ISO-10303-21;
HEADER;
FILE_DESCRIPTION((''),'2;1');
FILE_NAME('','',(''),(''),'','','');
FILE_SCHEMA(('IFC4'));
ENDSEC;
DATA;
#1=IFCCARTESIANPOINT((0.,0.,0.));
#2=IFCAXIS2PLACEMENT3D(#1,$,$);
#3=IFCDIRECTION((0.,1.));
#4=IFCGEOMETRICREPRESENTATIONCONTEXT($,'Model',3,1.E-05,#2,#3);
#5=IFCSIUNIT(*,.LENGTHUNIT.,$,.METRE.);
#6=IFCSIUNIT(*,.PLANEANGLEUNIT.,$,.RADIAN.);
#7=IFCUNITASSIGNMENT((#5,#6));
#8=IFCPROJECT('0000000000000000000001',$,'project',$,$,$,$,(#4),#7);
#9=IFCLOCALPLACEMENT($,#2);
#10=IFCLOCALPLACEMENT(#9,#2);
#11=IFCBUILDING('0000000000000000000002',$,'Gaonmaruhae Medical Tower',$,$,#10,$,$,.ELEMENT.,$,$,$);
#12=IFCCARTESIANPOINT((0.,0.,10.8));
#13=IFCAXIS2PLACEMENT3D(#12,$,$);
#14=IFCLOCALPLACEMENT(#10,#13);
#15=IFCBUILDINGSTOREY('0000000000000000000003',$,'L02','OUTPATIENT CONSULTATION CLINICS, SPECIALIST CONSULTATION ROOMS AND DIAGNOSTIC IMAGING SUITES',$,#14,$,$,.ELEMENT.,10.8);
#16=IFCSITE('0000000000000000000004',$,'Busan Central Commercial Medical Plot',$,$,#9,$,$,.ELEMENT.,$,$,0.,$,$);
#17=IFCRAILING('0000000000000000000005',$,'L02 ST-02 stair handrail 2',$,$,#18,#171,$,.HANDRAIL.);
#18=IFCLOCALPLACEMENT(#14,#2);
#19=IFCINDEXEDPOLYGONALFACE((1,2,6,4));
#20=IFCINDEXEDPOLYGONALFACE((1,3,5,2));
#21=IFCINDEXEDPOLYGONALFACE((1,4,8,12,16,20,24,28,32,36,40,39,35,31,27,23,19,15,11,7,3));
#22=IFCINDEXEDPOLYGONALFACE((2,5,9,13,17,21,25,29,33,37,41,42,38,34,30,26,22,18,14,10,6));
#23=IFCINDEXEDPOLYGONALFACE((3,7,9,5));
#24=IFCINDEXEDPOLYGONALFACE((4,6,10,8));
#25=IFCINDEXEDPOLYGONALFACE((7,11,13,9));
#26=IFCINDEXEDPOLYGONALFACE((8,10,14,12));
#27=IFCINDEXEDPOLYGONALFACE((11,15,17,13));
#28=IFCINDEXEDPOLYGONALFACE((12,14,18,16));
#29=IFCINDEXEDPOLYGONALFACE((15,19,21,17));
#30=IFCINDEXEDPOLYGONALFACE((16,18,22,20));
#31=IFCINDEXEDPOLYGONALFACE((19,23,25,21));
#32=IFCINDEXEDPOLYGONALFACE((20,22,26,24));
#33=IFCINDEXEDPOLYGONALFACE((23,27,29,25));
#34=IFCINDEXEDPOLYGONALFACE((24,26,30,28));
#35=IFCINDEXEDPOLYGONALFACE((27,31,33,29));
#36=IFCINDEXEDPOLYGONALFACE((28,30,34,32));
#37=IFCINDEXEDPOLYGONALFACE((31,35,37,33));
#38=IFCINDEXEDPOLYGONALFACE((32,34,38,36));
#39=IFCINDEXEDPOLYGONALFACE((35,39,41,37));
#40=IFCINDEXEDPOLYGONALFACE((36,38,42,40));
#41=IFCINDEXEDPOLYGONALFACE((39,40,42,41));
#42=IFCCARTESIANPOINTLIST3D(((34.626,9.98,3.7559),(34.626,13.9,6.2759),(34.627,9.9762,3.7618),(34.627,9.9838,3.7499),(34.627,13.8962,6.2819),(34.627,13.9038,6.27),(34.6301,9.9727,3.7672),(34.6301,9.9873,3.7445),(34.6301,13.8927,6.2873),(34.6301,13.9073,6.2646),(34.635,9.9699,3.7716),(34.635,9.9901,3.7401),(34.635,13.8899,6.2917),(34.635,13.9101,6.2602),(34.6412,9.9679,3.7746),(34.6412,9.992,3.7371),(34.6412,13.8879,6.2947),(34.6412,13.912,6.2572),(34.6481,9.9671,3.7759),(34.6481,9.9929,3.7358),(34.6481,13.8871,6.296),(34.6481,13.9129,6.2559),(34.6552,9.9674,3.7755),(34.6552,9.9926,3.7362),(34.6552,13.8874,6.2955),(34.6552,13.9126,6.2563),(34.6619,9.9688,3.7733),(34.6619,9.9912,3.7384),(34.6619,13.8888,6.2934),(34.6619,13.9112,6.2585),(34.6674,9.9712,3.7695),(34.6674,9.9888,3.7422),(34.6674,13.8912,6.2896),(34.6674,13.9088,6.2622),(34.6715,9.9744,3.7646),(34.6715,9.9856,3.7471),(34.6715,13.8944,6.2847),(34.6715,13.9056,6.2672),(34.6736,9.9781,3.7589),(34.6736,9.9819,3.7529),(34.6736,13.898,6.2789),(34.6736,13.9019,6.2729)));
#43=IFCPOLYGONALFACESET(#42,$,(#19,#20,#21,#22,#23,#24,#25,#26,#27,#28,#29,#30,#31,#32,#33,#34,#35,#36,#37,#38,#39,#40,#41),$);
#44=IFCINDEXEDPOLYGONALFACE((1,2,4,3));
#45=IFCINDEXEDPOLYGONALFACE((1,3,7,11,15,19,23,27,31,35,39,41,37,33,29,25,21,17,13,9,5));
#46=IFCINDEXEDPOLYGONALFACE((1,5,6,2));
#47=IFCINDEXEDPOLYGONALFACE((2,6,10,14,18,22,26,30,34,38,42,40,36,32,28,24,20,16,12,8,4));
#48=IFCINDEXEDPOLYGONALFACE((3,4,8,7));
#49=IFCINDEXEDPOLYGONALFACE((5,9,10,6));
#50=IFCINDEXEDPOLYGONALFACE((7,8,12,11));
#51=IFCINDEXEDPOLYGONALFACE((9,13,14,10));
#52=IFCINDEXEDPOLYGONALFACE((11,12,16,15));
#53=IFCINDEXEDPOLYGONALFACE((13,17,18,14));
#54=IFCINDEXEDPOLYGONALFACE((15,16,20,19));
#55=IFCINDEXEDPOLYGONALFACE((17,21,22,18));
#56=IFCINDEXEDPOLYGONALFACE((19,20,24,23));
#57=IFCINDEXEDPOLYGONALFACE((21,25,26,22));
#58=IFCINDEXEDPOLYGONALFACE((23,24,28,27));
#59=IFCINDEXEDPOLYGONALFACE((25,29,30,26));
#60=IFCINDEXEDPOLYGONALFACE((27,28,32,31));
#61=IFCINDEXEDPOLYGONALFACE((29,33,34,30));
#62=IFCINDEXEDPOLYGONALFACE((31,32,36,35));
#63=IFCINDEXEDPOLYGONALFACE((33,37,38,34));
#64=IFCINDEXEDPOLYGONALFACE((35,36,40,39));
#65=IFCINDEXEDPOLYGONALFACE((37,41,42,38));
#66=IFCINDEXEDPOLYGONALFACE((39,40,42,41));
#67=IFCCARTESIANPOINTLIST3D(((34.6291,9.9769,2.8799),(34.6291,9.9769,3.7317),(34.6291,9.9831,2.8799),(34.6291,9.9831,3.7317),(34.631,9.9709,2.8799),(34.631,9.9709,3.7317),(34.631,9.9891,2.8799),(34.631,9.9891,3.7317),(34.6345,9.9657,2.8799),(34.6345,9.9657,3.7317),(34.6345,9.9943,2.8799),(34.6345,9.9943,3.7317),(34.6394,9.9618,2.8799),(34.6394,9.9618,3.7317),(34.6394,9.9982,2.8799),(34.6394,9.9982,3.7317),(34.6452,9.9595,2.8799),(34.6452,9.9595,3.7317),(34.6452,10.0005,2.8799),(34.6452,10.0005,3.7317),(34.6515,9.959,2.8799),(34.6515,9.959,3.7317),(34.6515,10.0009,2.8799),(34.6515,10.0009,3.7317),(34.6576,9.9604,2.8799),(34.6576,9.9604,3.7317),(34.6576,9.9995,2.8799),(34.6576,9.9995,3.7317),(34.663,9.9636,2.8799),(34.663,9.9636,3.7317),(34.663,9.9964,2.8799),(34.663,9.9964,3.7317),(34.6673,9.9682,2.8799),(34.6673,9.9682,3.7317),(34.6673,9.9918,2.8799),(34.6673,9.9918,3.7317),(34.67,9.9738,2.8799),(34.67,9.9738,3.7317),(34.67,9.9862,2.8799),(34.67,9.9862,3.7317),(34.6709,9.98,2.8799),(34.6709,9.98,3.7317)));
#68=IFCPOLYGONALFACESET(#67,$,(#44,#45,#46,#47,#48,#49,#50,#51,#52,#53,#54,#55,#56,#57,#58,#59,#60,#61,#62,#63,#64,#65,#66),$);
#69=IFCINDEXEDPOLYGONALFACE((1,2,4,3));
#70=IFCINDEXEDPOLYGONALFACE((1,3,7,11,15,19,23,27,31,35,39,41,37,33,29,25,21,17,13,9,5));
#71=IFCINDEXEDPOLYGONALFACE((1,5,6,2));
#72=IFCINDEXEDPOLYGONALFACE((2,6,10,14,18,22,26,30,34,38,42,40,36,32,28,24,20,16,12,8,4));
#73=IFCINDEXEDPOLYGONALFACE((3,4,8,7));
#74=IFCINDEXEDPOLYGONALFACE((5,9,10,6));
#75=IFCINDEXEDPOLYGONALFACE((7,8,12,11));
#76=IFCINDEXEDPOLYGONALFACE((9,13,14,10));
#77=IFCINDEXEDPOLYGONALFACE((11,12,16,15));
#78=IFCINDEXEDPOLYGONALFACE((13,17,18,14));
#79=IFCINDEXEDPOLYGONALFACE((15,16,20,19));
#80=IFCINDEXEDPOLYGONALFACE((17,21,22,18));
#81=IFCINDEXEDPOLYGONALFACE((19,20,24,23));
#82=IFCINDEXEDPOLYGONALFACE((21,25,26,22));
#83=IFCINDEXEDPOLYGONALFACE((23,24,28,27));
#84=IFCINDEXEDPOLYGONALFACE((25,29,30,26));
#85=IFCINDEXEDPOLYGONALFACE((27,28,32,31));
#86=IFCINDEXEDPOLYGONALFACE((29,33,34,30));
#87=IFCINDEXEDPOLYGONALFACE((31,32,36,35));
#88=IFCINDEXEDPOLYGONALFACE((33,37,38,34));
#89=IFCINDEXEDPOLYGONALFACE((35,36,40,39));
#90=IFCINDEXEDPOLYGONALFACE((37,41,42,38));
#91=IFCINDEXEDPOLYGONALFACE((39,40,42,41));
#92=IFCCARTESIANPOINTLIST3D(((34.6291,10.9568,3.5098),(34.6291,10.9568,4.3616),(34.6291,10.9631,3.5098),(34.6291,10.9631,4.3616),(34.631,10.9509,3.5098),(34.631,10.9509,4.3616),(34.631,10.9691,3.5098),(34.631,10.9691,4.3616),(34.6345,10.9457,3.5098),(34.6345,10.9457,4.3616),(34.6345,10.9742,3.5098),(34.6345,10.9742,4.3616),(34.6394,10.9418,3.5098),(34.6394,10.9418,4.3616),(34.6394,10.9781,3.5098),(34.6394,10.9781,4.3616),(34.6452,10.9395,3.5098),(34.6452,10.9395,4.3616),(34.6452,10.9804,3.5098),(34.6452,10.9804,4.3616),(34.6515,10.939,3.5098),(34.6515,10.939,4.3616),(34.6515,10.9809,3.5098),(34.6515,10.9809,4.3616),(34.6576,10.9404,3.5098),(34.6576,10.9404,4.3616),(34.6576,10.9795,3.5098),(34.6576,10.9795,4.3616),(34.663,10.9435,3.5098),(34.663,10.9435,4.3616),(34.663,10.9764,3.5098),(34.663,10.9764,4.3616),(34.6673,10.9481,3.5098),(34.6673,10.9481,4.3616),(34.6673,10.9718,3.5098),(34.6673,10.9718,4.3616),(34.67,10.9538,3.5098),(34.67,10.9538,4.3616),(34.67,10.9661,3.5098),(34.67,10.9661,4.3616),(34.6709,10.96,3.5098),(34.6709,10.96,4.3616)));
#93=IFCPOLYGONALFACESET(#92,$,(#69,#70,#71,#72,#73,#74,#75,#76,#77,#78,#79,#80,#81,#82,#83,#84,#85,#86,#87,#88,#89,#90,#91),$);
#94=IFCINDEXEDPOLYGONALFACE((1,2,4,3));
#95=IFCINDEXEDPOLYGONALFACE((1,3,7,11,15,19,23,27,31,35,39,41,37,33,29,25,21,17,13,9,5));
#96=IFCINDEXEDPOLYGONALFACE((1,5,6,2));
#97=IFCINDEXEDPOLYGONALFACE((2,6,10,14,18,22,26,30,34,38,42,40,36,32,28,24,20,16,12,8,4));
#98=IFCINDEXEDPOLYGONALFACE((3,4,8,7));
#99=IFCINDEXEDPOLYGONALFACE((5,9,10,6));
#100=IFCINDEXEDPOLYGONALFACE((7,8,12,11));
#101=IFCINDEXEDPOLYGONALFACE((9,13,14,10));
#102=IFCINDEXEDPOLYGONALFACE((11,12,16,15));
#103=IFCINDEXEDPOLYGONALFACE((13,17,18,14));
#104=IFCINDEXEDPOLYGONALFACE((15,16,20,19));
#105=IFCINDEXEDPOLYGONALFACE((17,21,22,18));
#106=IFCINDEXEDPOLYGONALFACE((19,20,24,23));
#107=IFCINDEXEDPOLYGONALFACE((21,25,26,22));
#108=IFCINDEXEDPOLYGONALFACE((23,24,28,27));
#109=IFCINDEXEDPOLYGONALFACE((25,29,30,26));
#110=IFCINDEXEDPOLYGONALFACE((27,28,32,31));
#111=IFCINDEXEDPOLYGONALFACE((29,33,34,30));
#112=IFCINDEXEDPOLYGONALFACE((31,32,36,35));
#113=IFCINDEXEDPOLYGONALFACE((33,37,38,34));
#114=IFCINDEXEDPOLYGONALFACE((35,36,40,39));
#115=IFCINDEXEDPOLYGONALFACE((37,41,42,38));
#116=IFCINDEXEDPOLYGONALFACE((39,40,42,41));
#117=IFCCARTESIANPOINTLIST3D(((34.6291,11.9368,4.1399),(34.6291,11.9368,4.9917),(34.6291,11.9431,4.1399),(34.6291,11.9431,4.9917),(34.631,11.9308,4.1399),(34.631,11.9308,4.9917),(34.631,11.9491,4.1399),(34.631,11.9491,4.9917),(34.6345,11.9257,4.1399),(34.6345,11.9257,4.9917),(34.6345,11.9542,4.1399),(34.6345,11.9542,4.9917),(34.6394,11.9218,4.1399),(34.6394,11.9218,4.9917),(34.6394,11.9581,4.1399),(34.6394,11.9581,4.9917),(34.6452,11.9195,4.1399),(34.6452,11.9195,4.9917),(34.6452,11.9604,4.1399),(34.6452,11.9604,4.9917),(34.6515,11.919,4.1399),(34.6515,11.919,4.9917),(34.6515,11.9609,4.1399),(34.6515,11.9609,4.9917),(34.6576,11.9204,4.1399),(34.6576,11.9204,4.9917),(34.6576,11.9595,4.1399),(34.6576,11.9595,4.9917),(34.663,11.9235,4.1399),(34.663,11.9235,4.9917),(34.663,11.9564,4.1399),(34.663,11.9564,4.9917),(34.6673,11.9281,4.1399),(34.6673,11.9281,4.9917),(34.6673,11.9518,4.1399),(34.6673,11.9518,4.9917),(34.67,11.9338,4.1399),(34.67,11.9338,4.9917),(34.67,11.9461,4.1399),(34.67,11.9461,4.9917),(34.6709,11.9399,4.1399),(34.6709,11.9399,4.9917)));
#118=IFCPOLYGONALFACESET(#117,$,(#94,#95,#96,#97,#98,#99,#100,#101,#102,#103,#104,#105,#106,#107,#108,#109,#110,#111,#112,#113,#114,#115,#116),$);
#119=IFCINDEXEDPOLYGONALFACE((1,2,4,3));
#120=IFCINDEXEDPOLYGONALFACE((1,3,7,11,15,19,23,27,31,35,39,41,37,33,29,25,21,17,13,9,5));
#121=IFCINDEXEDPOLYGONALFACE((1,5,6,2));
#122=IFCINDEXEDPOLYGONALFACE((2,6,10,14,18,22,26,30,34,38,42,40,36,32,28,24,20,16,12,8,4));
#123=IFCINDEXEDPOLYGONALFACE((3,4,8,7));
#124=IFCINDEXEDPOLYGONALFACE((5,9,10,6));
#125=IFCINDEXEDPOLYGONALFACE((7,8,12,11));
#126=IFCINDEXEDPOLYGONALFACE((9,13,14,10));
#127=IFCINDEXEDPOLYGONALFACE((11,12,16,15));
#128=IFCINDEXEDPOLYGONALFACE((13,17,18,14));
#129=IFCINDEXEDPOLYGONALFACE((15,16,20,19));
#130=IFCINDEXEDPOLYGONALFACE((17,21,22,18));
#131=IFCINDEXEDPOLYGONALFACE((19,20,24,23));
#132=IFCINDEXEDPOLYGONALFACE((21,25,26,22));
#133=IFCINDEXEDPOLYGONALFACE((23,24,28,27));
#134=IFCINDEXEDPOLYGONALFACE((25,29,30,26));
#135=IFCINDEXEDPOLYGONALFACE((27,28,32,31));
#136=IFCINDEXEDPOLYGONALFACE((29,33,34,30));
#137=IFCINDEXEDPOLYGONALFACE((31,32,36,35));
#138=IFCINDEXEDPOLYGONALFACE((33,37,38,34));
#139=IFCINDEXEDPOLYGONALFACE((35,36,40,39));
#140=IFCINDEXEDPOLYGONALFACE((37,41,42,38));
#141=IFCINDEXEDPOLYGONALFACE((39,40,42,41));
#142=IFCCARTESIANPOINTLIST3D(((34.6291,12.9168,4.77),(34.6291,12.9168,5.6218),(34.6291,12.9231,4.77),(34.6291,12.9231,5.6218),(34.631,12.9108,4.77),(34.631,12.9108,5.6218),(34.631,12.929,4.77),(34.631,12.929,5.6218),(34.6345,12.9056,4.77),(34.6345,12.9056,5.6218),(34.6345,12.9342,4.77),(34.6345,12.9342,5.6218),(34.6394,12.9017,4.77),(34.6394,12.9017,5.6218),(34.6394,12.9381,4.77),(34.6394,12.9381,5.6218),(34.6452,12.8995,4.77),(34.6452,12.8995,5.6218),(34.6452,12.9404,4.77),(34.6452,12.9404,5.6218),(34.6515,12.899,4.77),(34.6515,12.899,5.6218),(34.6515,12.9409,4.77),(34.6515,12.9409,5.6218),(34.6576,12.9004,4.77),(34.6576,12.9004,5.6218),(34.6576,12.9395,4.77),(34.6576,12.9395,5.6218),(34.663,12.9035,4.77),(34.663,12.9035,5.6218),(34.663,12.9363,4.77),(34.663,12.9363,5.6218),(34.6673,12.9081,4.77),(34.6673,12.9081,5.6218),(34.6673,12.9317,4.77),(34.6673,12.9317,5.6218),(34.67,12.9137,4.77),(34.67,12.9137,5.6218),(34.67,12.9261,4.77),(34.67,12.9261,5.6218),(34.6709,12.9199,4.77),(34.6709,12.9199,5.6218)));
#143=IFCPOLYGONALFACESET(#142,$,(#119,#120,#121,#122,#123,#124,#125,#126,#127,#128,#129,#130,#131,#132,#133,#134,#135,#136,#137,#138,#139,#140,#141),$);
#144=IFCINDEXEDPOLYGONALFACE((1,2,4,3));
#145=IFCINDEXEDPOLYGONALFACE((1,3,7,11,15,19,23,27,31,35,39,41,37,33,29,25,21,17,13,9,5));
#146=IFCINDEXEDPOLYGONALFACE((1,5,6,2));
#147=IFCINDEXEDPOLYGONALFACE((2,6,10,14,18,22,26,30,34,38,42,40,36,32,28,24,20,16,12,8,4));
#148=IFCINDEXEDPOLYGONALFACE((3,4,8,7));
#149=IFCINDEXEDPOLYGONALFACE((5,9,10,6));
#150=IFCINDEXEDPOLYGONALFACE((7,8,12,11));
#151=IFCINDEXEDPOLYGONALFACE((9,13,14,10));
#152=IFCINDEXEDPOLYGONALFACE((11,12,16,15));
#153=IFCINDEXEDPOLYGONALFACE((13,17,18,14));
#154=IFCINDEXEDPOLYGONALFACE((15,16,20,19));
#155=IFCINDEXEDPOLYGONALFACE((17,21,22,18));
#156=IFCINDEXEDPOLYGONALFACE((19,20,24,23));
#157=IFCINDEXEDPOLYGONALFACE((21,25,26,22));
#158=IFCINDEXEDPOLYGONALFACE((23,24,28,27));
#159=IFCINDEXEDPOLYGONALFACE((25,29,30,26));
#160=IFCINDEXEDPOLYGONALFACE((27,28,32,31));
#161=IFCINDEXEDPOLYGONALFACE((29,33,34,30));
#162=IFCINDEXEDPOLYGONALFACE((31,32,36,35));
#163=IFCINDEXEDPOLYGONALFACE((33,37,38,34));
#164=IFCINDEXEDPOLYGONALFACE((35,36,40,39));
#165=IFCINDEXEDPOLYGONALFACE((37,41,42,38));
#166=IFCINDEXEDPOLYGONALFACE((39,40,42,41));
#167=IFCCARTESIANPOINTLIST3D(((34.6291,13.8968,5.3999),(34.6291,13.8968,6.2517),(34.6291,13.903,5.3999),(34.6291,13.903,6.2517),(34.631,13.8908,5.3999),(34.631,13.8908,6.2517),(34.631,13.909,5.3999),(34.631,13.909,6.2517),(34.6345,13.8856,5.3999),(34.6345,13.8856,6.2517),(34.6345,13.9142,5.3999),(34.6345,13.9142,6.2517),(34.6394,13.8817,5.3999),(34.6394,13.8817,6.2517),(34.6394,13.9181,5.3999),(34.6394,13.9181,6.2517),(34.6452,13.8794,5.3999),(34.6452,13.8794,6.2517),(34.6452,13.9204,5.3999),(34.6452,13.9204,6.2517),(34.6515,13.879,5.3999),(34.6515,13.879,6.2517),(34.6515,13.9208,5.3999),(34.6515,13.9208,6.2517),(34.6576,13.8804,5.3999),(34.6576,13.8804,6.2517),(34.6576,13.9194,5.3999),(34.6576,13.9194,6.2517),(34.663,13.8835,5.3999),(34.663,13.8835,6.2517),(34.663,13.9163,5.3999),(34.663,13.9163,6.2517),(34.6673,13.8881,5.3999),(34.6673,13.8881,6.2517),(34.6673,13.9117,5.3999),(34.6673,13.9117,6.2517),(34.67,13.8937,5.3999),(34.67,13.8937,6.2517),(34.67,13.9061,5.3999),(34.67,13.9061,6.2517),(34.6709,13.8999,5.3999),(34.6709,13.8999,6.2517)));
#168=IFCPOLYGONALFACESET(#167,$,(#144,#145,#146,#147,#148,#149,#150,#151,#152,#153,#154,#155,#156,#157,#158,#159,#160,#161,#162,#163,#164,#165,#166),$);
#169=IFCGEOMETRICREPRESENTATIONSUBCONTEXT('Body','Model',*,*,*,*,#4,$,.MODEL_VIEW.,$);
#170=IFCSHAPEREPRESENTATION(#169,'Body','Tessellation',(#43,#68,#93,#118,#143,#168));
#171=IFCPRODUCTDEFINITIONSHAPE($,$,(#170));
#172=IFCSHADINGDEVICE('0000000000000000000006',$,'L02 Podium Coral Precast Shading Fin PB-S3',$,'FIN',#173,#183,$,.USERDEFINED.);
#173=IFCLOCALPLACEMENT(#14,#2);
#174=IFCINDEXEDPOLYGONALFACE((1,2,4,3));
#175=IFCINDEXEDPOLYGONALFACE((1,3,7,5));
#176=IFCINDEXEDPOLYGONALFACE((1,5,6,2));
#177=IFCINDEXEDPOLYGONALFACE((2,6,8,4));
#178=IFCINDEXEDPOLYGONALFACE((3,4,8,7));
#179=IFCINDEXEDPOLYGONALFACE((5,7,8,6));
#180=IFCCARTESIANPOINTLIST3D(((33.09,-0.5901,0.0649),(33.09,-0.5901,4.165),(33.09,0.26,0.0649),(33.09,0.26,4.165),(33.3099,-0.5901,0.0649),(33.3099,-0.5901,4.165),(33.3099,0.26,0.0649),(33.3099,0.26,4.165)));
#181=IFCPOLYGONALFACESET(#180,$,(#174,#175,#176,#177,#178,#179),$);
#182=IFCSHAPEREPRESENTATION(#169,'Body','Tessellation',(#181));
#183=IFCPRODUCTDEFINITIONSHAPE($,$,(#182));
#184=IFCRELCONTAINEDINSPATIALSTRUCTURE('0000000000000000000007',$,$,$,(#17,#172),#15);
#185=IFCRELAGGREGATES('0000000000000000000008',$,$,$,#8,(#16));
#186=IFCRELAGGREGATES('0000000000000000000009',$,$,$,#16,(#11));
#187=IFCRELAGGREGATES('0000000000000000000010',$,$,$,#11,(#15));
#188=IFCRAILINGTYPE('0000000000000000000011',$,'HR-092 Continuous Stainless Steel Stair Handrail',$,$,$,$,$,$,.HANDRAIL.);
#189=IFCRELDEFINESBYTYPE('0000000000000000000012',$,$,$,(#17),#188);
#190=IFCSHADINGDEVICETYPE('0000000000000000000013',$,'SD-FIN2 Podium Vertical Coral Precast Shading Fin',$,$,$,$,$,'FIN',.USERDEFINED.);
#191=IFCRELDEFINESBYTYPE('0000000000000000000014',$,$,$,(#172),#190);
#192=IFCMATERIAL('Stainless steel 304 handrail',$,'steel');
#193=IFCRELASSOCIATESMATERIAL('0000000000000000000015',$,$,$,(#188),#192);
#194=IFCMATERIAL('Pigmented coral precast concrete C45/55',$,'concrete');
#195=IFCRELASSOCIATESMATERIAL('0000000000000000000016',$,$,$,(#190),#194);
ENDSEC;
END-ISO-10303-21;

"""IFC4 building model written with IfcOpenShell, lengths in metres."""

from ifc_helpers import new_model, si_unit, direction, frame, origin, origin_2d, place, context, subcontext, project, spatial, rectangle, circle, extrude, material, type_object, element, save


model = new_model("IFC4")

# Units and contexts
model_context = context("Model", 3, precision=1e-05, world=origin(), true_north=direction((0.0, 1.0)))
body_context = subcontext(model_context, "Body", "Model", "MODEL_VIEW")
ifc_project = project(units=[si_unit("LENGTHUNIT", "METRE"), si_unit("PLANEANGLEUNIT", "RADIAN")], contexts=[model_context])

# Site, building, storey
site_placement = place(None, origin())
site = spatial("IfcSite", under=ifc_project, at=site_placement, Name="Busan Central Commercial Medical Plot", CompositionType="ELEMENT", RefElevation=0.0)
building_placement = place(site_placement, origin())
building = spatial("IfcBuilding", under=site, at=building_placement, Name="Gaonmaruhae Medical Tower", CompositionType="ELEMENT")
storey_placement = place(building_placement, frame((0.0, 0.0, 10.8)))
storey = spatial("IfcBuildingStorey", under=building, at=storey_placement, Name="L02", Description="OUTPATIENT CONSULTATION CLINICS, SPECIALIST CONSULTATION ROOMS AND DIAGNOSTIC IMAGING SUITES", CompositionType="ELEMENT", Elevation=10.8)

# Railing
ifc_material_1 = material(Name="Stainless steel 304 handrail", Category="steel")
railing_type_1 = type_object("IfcRailingType", Name="HR-092 Continuous Stainless Steel Stair Handrail", PredefinedType="HANDRAIL", material=ifc_material_1)
railing_1_placement = place(storey_placement, frame((34.6499, 9.98, 2.8799)))
element("IfcRailing", 1, at=railing_1_placement, inside=storey, type_object=railing_type_1, Name="L02 ST-02 stair handrail 2", PredefinedType="HANDRAIL", context=body_context, shape_type="SweptSolid", body=[
    extrude(circle(Radius=0.0239, at=origin_2d()), frame((0.0, 0.0, 0.876), z_axis=(0.0, 0.841172, 0.540768), x_axis=(-1.0, 0.0, 0.0)), (0.0, 0.0, 1.0), 4.6602),
    extrude(circle(Radius=0.021, at=origin_2d()), origin(), (0.0, 0.0, 1.0), 0.8518),
    extrude(circle(Radius=0.021, at=origin_2d()), frame((0.0, 0.98, 0.6299)), (0.0, 0.0, 1.0), 0.8518),
    extrude(circle(Radius=0.021, at=origin_2d()), frame((0.0, 1.96, 1.26)), (0.0, 0.0, 1.0), 0.8518),
    extrude(circle(Radius=0.021, at=origin_2d()), frame((0.0, 2.9399, 1.8901)), (0.0, 0.0, 1.0), 0.8518),
    extrude(circle(Radius=0.021, at=origin_2d()), frame((0.0, 3.9199, 2.52)), (0.0, 0.0, 1.0), 0.8518),
])

# Shading device
ifc_material_2 = material(Name="Pigmented coral precast concrete C45/55", Category="concrete")
shading_device_type = type_object("IfcShadingDeviceType", Name="SD-FIN2 Podium Vertical Coral Precast Shading Fin", ElementType="FIN", PredefinedType="USERDEFINED", material=ifc_material_2)
shading_device_placement = place(storey_placement, frame((33.2, -0.165, 0.0649), z_axis=(0.0, 0.0, 1.0), x_axis=(-1.0, 0.0, 0.0)))
element("IfcShadingDevice", 2, at=shading_device_placement, inside=storey, type_object=shading_device_type, Name="L02 Podium Coral Precast Shading Fin PB-S3", ObjectType="FIN", PredefinedType="USERDEFINED", context=body_context, shape_type="SweptSolid", body=[
    extrude(rectangle(XDim=0.22, YDim=0.8501, at=origin_2d()), origin(), (0.0, 0.0, 1.0), 4.1001),
])

save(model, "model.ifc")
